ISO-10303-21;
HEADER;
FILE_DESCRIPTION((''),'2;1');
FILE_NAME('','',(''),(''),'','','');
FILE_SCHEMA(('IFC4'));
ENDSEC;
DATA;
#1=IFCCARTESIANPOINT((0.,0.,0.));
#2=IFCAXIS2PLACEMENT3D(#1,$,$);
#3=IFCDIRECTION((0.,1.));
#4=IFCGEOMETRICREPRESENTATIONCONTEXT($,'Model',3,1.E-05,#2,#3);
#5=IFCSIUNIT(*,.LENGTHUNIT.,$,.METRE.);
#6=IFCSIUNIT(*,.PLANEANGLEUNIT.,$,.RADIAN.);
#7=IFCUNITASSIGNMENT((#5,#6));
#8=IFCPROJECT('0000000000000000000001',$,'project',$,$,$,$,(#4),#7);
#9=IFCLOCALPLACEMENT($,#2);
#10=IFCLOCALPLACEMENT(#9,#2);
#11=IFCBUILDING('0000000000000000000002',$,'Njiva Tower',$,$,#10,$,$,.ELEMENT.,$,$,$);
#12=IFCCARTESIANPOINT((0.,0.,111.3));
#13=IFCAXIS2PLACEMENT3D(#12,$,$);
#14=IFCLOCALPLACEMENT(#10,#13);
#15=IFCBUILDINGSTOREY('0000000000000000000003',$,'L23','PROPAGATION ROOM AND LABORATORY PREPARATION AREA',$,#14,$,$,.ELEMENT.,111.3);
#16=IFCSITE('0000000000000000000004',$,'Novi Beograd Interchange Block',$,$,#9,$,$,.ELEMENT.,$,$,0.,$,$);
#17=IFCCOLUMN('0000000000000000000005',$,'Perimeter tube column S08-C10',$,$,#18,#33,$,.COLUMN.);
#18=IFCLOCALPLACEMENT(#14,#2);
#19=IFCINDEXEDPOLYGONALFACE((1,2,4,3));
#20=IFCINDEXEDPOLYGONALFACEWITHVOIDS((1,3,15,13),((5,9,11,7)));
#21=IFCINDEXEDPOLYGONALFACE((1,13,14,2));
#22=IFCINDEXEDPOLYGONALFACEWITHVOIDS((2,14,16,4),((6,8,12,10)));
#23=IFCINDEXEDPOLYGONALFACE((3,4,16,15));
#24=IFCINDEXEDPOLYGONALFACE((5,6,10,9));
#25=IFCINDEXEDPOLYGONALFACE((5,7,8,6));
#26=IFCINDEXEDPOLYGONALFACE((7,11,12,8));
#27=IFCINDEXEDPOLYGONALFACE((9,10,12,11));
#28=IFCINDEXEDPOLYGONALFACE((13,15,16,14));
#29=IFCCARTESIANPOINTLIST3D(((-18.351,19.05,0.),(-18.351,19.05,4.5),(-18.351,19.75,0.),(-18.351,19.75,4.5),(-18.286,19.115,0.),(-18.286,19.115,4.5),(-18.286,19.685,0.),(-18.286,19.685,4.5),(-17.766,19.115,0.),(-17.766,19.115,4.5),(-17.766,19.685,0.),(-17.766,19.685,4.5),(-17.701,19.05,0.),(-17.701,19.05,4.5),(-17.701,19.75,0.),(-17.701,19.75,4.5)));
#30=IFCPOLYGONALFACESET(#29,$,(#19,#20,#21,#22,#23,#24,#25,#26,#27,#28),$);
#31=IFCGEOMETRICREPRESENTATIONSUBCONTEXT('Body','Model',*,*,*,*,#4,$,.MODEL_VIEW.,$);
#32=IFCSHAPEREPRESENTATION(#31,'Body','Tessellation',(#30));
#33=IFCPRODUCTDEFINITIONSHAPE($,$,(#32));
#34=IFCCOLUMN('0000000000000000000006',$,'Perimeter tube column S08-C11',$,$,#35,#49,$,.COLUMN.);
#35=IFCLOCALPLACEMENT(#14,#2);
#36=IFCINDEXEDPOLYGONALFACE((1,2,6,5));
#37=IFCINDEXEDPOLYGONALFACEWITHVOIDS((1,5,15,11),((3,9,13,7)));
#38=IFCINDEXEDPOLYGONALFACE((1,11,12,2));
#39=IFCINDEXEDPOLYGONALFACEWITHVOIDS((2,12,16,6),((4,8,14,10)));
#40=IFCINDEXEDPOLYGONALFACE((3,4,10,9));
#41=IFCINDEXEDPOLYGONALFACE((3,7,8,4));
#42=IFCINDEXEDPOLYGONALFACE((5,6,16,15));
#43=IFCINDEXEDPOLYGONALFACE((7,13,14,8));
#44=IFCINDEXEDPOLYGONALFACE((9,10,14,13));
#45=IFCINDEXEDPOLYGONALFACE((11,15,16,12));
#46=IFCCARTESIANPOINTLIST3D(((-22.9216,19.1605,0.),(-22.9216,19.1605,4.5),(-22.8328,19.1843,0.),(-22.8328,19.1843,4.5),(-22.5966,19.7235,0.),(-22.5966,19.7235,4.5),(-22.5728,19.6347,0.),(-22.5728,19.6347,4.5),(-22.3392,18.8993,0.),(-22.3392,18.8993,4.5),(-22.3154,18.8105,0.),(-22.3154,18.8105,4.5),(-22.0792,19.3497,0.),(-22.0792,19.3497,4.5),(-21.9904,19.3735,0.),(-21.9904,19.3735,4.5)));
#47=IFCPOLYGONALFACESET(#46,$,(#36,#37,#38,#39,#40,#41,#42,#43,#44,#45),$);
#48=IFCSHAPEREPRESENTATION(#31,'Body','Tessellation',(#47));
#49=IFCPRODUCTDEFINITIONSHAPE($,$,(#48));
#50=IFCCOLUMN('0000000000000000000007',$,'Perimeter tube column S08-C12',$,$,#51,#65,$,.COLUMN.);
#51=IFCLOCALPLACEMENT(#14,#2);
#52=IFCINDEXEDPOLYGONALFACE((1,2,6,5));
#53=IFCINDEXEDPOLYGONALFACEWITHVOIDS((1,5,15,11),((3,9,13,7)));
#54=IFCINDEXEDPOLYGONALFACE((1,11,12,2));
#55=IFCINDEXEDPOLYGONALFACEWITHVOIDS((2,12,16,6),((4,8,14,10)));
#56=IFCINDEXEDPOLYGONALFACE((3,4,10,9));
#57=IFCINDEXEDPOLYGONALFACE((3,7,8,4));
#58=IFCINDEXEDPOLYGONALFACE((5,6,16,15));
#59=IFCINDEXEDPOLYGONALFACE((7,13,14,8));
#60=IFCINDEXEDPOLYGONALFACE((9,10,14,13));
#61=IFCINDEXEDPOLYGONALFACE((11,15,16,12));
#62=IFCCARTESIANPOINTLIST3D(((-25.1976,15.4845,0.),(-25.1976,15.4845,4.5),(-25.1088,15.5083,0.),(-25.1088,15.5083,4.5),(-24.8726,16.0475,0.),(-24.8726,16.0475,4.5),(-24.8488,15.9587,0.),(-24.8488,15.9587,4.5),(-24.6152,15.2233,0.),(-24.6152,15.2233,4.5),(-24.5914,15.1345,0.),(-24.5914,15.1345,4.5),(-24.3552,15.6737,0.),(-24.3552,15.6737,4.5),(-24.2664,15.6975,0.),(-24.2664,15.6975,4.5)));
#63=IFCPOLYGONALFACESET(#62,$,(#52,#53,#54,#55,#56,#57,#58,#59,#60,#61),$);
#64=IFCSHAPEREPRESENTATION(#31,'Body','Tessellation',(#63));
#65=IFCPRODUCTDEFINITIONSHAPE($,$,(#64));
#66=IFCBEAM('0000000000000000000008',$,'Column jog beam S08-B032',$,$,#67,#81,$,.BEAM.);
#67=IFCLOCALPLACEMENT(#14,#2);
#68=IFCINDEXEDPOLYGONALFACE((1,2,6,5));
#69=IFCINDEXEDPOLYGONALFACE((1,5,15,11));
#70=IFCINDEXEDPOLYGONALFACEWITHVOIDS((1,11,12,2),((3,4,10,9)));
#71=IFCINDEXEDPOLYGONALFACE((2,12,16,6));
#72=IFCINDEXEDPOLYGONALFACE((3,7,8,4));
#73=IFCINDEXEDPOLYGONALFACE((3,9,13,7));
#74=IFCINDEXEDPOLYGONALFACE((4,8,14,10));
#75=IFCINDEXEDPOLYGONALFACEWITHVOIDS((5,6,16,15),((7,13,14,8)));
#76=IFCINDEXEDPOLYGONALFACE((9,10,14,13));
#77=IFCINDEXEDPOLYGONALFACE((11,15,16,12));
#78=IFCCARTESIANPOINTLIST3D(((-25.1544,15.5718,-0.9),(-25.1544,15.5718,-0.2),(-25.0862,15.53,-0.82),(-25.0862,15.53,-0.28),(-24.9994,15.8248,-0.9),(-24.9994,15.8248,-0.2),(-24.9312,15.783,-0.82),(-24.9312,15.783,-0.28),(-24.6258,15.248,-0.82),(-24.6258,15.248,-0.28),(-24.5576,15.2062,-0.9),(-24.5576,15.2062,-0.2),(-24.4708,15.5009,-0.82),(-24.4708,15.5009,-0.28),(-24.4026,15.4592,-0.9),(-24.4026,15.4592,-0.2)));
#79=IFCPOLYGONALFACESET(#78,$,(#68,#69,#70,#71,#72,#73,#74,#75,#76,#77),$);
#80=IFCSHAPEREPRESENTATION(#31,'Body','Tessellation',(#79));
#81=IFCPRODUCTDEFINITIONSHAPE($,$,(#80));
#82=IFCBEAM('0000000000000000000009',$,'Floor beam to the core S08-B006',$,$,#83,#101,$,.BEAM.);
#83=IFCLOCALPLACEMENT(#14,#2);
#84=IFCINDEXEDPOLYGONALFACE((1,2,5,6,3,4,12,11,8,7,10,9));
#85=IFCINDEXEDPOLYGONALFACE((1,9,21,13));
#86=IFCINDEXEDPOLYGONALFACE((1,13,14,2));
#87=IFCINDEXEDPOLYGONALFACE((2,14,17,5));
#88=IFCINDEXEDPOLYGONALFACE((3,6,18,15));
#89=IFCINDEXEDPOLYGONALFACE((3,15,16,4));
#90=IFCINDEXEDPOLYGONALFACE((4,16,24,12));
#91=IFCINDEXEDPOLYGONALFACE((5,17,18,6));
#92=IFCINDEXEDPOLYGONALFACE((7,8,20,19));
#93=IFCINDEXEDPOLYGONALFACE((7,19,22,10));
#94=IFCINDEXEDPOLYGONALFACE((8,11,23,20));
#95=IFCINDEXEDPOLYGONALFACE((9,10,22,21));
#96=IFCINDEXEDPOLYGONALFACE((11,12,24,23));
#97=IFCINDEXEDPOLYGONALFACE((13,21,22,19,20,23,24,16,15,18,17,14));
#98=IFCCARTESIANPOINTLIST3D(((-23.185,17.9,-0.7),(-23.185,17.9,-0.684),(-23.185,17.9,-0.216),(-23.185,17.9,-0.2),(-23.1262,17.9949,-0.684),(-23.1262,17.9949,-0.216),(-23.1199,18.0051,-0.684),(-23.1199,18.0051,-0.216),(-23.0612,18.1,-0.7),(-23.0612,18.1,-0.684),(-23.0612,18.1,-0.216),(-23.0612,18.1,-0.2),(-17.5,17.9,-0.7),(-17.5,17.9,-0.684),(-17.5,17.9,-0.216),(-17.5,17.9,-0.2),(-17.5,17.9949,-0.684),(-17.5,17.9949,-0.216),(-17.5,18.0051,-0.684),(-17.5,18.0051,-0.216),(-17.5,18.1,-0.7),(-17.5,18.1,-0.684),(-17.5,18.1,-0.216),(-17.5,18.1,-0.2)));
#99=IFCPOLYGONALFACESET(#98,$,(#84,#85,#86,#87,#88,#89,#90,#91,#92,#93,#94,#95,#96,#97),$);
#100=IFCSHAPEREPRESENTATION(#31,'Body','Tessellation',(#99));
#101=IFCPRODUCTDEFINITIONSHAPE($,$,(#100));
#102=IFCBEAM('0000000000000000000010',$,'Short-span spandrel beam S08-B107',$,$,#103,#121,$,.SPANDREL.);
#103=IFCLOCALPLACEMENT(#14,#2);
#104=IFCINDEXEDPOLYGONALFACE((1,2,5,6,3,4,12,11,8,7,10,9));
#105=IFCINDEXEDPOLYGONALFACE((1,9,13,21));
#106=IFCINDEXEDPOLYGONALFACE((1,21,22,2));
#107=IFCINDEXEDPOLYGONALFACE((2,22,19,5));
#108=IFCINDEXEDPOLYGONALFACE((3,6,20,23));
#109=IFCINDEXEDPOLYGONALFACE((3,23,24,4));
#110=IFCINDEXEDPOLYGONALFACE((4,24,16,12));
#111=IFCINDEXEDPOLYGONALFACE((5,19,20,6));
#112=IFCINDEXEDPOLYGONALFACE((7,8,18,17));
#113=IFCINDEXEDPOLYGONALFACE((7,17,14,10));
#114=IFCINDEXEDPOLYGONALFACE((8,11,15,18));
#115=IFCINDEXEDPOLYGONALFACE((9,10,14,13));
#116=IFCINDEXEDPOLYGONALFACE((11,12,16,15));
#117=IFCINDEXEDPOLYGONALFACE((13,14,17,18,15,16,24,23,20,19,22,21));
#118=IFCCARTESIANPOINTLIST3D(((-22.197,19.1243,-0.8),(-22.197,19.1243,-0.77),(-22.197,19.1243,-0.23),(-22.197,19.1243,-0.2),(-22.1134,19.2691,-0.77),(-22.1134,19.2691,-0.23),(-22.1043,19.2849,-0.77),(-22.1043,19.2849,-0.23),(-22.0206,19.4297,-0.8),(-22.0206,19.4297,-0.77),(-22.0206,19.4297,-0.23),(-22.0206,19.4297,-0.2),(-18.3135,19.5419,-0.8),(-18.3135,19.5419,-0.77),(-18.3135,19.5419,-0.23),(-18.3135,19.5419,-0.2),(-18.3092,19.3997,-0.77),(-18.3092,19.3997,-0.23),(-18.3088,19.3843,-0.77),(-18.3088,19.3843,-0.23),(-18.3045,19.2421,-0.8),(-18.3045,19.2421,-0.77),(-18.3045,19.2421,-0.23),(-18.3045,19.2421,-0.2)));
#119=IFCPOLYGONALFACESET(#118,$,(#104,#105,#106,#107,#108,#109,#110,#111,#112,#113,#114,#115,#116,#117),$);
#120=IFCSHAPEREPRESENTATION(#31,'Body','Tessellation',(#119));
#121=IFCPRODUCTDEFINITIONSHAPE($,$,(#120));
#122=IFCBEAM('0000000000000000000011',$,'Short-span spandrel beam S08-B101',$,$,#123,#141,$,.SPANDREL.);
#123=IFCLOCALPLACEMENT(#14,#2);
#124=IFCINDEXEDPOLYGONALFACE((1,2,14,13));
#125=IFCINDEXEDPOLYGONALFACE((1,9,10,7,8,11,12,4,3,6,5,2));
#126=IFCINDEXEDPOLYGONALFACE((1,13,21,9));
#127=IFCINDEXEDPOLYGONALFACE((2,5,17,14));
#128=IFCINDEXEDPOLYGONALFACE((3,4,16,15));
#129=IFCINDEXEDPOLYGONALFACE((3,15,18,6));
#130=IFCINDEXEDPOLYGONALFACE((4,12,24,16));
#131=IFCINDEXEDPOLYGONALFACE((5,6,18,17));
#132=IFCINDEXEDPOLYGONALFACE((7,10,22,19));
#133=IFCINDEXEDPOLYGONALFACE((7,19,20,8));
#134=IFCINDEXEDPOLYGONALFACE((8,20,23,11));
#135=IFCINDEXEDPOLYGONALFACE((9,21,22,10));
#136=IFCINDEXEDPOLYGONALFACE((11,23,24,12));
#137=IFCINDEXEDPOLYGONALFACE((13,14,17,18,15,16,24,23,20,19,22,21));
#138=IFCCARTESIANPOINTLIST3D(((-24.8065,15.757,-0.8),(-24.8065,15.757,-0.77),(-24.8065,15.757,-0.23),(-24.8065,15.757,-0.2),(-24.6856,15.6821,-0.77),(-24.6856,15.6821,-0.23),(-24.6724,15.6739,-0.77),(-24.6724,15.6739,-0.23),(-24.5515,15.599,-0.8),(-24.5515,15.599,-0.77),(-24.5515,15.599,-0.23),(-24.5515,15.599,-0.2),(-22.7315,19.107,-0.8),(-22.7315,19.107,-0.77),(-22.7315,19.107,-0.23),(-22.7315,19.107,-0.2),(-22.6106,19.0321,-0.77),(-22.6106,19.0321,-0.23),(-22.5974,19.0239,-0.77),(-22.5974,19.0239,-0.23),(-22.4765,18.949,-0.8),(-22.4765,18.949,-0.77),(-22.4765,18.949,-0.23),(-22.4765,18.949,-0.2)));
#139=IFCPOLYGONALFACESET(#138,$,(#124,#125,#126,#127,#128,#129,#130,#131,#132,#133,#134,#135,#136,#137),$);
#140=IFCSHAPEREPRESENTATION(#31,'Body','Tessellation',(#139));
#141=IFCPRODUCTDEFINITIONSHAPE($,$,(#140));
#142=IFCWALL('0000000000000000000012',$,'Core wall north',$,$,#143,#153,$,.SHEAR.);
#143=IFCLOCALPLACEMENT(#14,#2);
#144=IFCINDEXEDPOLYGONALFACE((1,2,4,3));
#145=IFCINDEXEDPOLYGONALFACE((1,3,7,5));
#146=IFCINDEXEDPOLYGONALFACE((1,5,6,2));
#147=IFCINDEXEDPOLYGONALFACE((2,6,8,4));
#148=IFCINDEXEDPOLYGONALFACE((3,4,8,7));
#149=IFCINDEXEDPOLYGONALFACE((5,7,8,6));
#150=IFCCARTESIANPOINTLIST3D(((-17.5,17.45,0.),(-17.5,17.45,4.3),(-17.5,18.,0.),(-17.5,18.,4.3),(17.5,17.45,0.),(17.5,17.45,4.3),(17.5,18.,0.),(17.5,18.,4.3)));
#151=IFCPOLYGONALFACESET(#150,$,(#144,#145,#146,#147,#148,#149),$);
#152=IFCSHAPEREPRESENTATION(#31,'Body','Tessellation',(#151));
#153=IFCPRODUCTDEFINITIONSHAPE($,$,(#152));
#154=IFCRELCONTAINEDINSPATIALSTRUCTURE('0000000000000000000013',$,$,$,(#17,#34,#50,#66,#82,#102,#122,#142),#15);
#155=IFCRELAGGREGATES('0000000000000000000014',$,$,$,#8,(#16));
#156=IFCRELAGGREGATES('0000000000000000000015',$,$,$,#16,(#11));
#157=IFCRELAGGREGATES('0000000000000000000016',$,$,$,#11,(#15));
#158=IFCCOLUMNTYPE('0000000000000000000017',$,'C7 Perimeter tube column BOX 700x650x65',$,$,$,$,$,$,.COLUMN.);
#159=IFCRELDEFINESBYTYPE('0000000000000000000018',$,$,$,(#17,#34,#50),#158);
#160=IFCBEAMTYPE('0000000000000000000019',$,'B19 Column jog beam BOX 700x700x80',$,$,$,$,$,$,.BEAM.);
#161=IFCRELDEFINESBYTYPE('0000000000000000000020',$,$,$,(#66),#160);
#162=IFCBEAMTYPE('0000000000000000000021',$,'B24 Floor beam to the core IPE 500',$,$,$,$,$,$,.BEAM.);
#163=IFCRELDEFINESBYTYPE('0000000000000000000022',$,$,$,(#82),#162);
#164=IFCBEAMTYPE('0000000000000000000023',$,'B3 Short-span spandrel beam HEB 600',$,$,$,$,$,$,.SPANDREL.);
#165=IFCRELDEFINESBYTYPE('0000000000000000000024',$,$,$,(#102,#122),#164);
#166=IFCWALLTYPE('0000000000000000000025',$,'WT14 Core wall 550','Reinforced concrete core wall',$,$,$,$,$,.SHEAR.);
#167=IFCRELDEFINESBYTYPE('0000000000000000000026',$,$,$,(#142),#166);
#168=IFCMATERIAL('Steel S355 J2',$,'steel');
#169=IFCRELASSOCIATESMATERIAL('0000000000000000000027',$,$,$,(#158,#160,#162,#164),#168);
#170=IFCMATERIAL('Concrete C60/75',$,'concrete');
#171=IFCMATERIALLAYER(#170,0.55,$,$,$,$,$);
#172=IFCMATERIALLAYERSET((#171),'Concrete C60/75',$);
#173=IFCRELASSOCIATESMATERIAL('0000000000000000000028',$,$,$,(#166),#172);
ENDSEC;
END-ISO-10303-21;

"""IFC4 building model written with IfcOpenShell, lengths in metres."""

from ifc_helpers import new_model, si_unit, direction, frame, frame_2d, origin, origin_2d, place, context, subcontext, project, spatial, rectangle, hollow_rectangle, i_section, extrude, clip, halfspace, material, layer, layer_set, material_profile, profile_set, type_object, element, save


model = new_model("IFC4")

# Units and contexts
model_context = context("Model", 3, precision=1e-05, world=origin(), true_north=direction((0.0, 1.0)))
body_context = subcontext(model_context, "Body", "Model", "MODEL_VIEW")
ifc_project = project(units=[si_unit("LENGTHUNIT", "METRE"), si_unit("PLANEANGLEUNIT", "RADIAN")], contexts=[model_context])

# Site, building, storey
site_placement = place(None, origin())
site = spatial("IfcSite", under=ifc_project, at=site_placement, Name="Novi Beograd Interchange Block", CompositionType="ELEMENT", RefElevation=0.0)
building_placement = place(site_placement, origin())
building = spatial("IfcBuilding", under=site, at=building_placement, Name="Njiva Tower", CompositionType="ELEMENT")
storey_placement = place(building_placement, frame((0.0, 0.0, 111.3)))
storey = spatial("IfcBuildingStorey", under=building, at=storey_placement, Name="L23", Description="PROPAGATION ROOM AND LABORATORY PREPARATION AREA", CompositionType="ELEMENT", Elevation=111.3)

# Columns
ifc_material_1 = material(Name="Steel S355 J2", Category="steel")
ifc_material_profile_1 = material_profile(ifc_material_1, hollow_rectangle(XDim=0.65, YDim=0.7, WallThickness=0.065, at=origin_2d()), Name="BOX 700x650x65")
ifc_profile_set_1 = profile_set([ifc_material_profile_1], Name="Steel S355 J2")
column_type = type_object("IfcColumnType", Name="C7 Perimeter tube column BOX 700x650x65", PredefinedType="COLUMN", material=ifc_profile_set_1)
for number, where, z_axis, x_axis, name in (
    (1, (-18.026, 19.4, 0.0), (0.0, 0.0, 1.0), (-1.0, 0.0, 0.0), "Perimeter tube column S08-C10"),
    (2, (-22.456, 19.267, 0.0), (0.0, 0.0, 1.0), (-0.5, -0.866025, 0.0), "Perimeter tube column S08-C11"),
    (3, (-24.732, 15.591, 0.0), (0.0, 0.0, 1.0), (-0.5, -0.866025, 0.0), "Perimeter tube column S08-C12"),
):
    element("IfcColumn", number, at=place(storey_placement, frame(where, z_axis=z_axis, x_axis=x_axis)), inside=storey, type_object=column_type, Name=name, PredefinedType="COLUMN", context=body_context, shape_type="SweptSolid", body=[
        extrude(hollow_rectangle(XDim=0.65, YDim=0.7, WallThickness=0.065, at=origin_2d()), origin(), (0.0, 0.0, 1.0), 4.5),
    ])

# Beams
ifc_material_profile_2 = material_profile(ifc_material_1, hollow_rectangle(XDim=0.7, YDim=0.7, WallThickness=0.08, at=origin_2d()), Name="BOX 700x700x80")
ifc_profile_set_2 = profile_set([ifc_material_profile_2], Name="Steel S355 J2")
beam_type_1 = type_object("IfcBeamType", Name="B19 Column jog beam BOX 700x700x80", PredefinedType="BEAM", material=ifc_profile_set_2)
beam_1_placement = place(storey_placement, frame((-24.856, 15.389, -0.55), z_axis=(0.522404, 0.852698, 0.0), x_axis=(-0.852698, 0.522404, 0.0)))
element("IfcBeam", 4, at=beam_1_placement, inside=storey, type_object=beam_type_1, Name="Column jog beam S08-B032", PredefinedType="BEAM", context=body_context, shape_type="SweptSolid", body=[
    extrude(hollow_rectangle(XDim=0.7, YDim=0.7, WallThickness=0.08, at=origin_2d()), origin(), (0.0, 0.0, 1.0), 0.2967),
])
ifc_material_profile_3 = material_profile(ifc_material_1, i_section(OverallWidth=0.2, OverallDepth=0.5, WebThickness=0.0102, FlangeThickness=0.016, at=origin_2d()), Name="IPE 500")
ifc_profile_set_3 = profile_set([ifc_material_profile_3], Name="Steel S355 J2")
beam_type_2 = type_object("IfcBeamType", Name="B24 Floor beam to the core IPE 500", PredefinedType="BEAM", material=ifc_profile_set_3)
beam_2_placement = place(storey_placement, frame((-23.205, 18.0, -0.45), z_axis=(1.0, 0.0, 0.0), x_axis=(0.0, 1.0, 0.0)))
element("IfcBeam", 5, at=beam_2_placement, inside=storey, type_object=beam_type_2, Name="Floor beam to the core S08-B006", PredefinedType="BEAM", context=body_context, shape_type="Clipping", body=[
    clip(extrude(i_section(OverallWidth=0.2, OverallDepth=0.5, WebThickness=0.0102, FlangeThickness=0.016, at=origin_2d()), origin(), (0.0, 0.0, 1.0), 5.705), halfspace(frame((0.0263, 0.0, 0.0982), z_axis=(0.526429, 0.0, -0.850219), x_axis=(0.0, -1.0, 0.0)), False)),
])
ifc_material_profile_4 = material_profile(ifc_material_1, i_section(OverallWidth=0.3, OverallDepth=0.6, WebThickness=0.0155, FlangeThickness=0.03, at=origin_2d()), Name="HEB 600")
ifc_profile_set_4 = profile_set([ifc_material_profile_4], Name="Steel S355 J2")
beam_type_3 = type_object("IfcBeamType", Name="B3 Short-span spandrel beam HEB 600", PredefinedType="SPANDREL", material=ifc_profile_set_4)
beam_3_placement = place(storey_placement, frame((-18.309, 19.392, -0.5), z_axis=(-0.999542, -0.030249, 0.0), x_axis=(0.030249, -0.999542, 0.0)))
element("IfcBeam", 6, at=beam_3_placement, inside=storey, type_object=beam_type_3, Name="Short-span spandrel beam S08-B107", PredefinedType="SPANDREL", context=body_context, shape_type="Clipping", body=[
    clip(extrude(i_section(OverallWidth=0.3, OverallDepth=0.6, WebThickness=0.0155, FlangeThickness=0.03, at=origin_2d()), origin(), (0.0, 0.0, 1.0), 3.9147), halfspace(frame((-0.0266, 0.0, 3.7851), z_axis=(-0.525966, 0.0, 0.850506), x_axis=(0.0, 1.0, 0.0)), False)),
])
beam_4_placement = place(storey_placement, frame((-22.604, 19.028, -0.5), z_axis=(-0.526573, -0.85013, 0.0), x_axis=(0.85013, -0.526573, 0.0)))
element("IfcBeam", 7, at=beam_4_placement, inside=storey, type_object=beam_type_3, Name="Short-span spandrel beam S08-B101", PredefinedType="SPANDREL", context=body_context, shape_type="SweptSolid", body=[
    extrude(i_section(OverallWidth=0.3, OverallDepth=0.6, WebThickness=0.0155, FlangeThickness=0.03, at=origin_2d()), origin(), (0.0, 0.0, 1.0), 3.9406),
])

# Wall
ifc_material_2 = material(Name="Concrete C60/75", Category="concrete")
ifc_layer_1 = layer(ifc_material_2, 0.55)
ifc_layer_set_1 = layer_set([ifc_layer_1], Name="Concrete C60/75")
wall_type_1 = type_object("IfcWallType", Name="WT14 Core wall 550", Description="Reinforced concrete core wall", PredefinedType="SHEAR", material=ifc_layer_set_1)
wall_1_placement = place(storey_placement, frame((-17.5, 17.725, 0.0), z_axis=(0.0, 0.0, 1.0), x_axis=(1.0, 0.0, 0.0)))
element("IfcWall", 8, at=wall_1_placement, inside=storey, type_object=wall_type_1, Name="Core wall north", PredefinedType="SHEAR", context=body_context, shape_type="SweptSolid", body=[
    extrude(rectangle(XDim=35.0, YDim=0.55, at=frame_2d((17.5, 0.0))), origin(), (0.0, 0.0, 1.0), 4.3),
])

save(model, "model.ifc")
